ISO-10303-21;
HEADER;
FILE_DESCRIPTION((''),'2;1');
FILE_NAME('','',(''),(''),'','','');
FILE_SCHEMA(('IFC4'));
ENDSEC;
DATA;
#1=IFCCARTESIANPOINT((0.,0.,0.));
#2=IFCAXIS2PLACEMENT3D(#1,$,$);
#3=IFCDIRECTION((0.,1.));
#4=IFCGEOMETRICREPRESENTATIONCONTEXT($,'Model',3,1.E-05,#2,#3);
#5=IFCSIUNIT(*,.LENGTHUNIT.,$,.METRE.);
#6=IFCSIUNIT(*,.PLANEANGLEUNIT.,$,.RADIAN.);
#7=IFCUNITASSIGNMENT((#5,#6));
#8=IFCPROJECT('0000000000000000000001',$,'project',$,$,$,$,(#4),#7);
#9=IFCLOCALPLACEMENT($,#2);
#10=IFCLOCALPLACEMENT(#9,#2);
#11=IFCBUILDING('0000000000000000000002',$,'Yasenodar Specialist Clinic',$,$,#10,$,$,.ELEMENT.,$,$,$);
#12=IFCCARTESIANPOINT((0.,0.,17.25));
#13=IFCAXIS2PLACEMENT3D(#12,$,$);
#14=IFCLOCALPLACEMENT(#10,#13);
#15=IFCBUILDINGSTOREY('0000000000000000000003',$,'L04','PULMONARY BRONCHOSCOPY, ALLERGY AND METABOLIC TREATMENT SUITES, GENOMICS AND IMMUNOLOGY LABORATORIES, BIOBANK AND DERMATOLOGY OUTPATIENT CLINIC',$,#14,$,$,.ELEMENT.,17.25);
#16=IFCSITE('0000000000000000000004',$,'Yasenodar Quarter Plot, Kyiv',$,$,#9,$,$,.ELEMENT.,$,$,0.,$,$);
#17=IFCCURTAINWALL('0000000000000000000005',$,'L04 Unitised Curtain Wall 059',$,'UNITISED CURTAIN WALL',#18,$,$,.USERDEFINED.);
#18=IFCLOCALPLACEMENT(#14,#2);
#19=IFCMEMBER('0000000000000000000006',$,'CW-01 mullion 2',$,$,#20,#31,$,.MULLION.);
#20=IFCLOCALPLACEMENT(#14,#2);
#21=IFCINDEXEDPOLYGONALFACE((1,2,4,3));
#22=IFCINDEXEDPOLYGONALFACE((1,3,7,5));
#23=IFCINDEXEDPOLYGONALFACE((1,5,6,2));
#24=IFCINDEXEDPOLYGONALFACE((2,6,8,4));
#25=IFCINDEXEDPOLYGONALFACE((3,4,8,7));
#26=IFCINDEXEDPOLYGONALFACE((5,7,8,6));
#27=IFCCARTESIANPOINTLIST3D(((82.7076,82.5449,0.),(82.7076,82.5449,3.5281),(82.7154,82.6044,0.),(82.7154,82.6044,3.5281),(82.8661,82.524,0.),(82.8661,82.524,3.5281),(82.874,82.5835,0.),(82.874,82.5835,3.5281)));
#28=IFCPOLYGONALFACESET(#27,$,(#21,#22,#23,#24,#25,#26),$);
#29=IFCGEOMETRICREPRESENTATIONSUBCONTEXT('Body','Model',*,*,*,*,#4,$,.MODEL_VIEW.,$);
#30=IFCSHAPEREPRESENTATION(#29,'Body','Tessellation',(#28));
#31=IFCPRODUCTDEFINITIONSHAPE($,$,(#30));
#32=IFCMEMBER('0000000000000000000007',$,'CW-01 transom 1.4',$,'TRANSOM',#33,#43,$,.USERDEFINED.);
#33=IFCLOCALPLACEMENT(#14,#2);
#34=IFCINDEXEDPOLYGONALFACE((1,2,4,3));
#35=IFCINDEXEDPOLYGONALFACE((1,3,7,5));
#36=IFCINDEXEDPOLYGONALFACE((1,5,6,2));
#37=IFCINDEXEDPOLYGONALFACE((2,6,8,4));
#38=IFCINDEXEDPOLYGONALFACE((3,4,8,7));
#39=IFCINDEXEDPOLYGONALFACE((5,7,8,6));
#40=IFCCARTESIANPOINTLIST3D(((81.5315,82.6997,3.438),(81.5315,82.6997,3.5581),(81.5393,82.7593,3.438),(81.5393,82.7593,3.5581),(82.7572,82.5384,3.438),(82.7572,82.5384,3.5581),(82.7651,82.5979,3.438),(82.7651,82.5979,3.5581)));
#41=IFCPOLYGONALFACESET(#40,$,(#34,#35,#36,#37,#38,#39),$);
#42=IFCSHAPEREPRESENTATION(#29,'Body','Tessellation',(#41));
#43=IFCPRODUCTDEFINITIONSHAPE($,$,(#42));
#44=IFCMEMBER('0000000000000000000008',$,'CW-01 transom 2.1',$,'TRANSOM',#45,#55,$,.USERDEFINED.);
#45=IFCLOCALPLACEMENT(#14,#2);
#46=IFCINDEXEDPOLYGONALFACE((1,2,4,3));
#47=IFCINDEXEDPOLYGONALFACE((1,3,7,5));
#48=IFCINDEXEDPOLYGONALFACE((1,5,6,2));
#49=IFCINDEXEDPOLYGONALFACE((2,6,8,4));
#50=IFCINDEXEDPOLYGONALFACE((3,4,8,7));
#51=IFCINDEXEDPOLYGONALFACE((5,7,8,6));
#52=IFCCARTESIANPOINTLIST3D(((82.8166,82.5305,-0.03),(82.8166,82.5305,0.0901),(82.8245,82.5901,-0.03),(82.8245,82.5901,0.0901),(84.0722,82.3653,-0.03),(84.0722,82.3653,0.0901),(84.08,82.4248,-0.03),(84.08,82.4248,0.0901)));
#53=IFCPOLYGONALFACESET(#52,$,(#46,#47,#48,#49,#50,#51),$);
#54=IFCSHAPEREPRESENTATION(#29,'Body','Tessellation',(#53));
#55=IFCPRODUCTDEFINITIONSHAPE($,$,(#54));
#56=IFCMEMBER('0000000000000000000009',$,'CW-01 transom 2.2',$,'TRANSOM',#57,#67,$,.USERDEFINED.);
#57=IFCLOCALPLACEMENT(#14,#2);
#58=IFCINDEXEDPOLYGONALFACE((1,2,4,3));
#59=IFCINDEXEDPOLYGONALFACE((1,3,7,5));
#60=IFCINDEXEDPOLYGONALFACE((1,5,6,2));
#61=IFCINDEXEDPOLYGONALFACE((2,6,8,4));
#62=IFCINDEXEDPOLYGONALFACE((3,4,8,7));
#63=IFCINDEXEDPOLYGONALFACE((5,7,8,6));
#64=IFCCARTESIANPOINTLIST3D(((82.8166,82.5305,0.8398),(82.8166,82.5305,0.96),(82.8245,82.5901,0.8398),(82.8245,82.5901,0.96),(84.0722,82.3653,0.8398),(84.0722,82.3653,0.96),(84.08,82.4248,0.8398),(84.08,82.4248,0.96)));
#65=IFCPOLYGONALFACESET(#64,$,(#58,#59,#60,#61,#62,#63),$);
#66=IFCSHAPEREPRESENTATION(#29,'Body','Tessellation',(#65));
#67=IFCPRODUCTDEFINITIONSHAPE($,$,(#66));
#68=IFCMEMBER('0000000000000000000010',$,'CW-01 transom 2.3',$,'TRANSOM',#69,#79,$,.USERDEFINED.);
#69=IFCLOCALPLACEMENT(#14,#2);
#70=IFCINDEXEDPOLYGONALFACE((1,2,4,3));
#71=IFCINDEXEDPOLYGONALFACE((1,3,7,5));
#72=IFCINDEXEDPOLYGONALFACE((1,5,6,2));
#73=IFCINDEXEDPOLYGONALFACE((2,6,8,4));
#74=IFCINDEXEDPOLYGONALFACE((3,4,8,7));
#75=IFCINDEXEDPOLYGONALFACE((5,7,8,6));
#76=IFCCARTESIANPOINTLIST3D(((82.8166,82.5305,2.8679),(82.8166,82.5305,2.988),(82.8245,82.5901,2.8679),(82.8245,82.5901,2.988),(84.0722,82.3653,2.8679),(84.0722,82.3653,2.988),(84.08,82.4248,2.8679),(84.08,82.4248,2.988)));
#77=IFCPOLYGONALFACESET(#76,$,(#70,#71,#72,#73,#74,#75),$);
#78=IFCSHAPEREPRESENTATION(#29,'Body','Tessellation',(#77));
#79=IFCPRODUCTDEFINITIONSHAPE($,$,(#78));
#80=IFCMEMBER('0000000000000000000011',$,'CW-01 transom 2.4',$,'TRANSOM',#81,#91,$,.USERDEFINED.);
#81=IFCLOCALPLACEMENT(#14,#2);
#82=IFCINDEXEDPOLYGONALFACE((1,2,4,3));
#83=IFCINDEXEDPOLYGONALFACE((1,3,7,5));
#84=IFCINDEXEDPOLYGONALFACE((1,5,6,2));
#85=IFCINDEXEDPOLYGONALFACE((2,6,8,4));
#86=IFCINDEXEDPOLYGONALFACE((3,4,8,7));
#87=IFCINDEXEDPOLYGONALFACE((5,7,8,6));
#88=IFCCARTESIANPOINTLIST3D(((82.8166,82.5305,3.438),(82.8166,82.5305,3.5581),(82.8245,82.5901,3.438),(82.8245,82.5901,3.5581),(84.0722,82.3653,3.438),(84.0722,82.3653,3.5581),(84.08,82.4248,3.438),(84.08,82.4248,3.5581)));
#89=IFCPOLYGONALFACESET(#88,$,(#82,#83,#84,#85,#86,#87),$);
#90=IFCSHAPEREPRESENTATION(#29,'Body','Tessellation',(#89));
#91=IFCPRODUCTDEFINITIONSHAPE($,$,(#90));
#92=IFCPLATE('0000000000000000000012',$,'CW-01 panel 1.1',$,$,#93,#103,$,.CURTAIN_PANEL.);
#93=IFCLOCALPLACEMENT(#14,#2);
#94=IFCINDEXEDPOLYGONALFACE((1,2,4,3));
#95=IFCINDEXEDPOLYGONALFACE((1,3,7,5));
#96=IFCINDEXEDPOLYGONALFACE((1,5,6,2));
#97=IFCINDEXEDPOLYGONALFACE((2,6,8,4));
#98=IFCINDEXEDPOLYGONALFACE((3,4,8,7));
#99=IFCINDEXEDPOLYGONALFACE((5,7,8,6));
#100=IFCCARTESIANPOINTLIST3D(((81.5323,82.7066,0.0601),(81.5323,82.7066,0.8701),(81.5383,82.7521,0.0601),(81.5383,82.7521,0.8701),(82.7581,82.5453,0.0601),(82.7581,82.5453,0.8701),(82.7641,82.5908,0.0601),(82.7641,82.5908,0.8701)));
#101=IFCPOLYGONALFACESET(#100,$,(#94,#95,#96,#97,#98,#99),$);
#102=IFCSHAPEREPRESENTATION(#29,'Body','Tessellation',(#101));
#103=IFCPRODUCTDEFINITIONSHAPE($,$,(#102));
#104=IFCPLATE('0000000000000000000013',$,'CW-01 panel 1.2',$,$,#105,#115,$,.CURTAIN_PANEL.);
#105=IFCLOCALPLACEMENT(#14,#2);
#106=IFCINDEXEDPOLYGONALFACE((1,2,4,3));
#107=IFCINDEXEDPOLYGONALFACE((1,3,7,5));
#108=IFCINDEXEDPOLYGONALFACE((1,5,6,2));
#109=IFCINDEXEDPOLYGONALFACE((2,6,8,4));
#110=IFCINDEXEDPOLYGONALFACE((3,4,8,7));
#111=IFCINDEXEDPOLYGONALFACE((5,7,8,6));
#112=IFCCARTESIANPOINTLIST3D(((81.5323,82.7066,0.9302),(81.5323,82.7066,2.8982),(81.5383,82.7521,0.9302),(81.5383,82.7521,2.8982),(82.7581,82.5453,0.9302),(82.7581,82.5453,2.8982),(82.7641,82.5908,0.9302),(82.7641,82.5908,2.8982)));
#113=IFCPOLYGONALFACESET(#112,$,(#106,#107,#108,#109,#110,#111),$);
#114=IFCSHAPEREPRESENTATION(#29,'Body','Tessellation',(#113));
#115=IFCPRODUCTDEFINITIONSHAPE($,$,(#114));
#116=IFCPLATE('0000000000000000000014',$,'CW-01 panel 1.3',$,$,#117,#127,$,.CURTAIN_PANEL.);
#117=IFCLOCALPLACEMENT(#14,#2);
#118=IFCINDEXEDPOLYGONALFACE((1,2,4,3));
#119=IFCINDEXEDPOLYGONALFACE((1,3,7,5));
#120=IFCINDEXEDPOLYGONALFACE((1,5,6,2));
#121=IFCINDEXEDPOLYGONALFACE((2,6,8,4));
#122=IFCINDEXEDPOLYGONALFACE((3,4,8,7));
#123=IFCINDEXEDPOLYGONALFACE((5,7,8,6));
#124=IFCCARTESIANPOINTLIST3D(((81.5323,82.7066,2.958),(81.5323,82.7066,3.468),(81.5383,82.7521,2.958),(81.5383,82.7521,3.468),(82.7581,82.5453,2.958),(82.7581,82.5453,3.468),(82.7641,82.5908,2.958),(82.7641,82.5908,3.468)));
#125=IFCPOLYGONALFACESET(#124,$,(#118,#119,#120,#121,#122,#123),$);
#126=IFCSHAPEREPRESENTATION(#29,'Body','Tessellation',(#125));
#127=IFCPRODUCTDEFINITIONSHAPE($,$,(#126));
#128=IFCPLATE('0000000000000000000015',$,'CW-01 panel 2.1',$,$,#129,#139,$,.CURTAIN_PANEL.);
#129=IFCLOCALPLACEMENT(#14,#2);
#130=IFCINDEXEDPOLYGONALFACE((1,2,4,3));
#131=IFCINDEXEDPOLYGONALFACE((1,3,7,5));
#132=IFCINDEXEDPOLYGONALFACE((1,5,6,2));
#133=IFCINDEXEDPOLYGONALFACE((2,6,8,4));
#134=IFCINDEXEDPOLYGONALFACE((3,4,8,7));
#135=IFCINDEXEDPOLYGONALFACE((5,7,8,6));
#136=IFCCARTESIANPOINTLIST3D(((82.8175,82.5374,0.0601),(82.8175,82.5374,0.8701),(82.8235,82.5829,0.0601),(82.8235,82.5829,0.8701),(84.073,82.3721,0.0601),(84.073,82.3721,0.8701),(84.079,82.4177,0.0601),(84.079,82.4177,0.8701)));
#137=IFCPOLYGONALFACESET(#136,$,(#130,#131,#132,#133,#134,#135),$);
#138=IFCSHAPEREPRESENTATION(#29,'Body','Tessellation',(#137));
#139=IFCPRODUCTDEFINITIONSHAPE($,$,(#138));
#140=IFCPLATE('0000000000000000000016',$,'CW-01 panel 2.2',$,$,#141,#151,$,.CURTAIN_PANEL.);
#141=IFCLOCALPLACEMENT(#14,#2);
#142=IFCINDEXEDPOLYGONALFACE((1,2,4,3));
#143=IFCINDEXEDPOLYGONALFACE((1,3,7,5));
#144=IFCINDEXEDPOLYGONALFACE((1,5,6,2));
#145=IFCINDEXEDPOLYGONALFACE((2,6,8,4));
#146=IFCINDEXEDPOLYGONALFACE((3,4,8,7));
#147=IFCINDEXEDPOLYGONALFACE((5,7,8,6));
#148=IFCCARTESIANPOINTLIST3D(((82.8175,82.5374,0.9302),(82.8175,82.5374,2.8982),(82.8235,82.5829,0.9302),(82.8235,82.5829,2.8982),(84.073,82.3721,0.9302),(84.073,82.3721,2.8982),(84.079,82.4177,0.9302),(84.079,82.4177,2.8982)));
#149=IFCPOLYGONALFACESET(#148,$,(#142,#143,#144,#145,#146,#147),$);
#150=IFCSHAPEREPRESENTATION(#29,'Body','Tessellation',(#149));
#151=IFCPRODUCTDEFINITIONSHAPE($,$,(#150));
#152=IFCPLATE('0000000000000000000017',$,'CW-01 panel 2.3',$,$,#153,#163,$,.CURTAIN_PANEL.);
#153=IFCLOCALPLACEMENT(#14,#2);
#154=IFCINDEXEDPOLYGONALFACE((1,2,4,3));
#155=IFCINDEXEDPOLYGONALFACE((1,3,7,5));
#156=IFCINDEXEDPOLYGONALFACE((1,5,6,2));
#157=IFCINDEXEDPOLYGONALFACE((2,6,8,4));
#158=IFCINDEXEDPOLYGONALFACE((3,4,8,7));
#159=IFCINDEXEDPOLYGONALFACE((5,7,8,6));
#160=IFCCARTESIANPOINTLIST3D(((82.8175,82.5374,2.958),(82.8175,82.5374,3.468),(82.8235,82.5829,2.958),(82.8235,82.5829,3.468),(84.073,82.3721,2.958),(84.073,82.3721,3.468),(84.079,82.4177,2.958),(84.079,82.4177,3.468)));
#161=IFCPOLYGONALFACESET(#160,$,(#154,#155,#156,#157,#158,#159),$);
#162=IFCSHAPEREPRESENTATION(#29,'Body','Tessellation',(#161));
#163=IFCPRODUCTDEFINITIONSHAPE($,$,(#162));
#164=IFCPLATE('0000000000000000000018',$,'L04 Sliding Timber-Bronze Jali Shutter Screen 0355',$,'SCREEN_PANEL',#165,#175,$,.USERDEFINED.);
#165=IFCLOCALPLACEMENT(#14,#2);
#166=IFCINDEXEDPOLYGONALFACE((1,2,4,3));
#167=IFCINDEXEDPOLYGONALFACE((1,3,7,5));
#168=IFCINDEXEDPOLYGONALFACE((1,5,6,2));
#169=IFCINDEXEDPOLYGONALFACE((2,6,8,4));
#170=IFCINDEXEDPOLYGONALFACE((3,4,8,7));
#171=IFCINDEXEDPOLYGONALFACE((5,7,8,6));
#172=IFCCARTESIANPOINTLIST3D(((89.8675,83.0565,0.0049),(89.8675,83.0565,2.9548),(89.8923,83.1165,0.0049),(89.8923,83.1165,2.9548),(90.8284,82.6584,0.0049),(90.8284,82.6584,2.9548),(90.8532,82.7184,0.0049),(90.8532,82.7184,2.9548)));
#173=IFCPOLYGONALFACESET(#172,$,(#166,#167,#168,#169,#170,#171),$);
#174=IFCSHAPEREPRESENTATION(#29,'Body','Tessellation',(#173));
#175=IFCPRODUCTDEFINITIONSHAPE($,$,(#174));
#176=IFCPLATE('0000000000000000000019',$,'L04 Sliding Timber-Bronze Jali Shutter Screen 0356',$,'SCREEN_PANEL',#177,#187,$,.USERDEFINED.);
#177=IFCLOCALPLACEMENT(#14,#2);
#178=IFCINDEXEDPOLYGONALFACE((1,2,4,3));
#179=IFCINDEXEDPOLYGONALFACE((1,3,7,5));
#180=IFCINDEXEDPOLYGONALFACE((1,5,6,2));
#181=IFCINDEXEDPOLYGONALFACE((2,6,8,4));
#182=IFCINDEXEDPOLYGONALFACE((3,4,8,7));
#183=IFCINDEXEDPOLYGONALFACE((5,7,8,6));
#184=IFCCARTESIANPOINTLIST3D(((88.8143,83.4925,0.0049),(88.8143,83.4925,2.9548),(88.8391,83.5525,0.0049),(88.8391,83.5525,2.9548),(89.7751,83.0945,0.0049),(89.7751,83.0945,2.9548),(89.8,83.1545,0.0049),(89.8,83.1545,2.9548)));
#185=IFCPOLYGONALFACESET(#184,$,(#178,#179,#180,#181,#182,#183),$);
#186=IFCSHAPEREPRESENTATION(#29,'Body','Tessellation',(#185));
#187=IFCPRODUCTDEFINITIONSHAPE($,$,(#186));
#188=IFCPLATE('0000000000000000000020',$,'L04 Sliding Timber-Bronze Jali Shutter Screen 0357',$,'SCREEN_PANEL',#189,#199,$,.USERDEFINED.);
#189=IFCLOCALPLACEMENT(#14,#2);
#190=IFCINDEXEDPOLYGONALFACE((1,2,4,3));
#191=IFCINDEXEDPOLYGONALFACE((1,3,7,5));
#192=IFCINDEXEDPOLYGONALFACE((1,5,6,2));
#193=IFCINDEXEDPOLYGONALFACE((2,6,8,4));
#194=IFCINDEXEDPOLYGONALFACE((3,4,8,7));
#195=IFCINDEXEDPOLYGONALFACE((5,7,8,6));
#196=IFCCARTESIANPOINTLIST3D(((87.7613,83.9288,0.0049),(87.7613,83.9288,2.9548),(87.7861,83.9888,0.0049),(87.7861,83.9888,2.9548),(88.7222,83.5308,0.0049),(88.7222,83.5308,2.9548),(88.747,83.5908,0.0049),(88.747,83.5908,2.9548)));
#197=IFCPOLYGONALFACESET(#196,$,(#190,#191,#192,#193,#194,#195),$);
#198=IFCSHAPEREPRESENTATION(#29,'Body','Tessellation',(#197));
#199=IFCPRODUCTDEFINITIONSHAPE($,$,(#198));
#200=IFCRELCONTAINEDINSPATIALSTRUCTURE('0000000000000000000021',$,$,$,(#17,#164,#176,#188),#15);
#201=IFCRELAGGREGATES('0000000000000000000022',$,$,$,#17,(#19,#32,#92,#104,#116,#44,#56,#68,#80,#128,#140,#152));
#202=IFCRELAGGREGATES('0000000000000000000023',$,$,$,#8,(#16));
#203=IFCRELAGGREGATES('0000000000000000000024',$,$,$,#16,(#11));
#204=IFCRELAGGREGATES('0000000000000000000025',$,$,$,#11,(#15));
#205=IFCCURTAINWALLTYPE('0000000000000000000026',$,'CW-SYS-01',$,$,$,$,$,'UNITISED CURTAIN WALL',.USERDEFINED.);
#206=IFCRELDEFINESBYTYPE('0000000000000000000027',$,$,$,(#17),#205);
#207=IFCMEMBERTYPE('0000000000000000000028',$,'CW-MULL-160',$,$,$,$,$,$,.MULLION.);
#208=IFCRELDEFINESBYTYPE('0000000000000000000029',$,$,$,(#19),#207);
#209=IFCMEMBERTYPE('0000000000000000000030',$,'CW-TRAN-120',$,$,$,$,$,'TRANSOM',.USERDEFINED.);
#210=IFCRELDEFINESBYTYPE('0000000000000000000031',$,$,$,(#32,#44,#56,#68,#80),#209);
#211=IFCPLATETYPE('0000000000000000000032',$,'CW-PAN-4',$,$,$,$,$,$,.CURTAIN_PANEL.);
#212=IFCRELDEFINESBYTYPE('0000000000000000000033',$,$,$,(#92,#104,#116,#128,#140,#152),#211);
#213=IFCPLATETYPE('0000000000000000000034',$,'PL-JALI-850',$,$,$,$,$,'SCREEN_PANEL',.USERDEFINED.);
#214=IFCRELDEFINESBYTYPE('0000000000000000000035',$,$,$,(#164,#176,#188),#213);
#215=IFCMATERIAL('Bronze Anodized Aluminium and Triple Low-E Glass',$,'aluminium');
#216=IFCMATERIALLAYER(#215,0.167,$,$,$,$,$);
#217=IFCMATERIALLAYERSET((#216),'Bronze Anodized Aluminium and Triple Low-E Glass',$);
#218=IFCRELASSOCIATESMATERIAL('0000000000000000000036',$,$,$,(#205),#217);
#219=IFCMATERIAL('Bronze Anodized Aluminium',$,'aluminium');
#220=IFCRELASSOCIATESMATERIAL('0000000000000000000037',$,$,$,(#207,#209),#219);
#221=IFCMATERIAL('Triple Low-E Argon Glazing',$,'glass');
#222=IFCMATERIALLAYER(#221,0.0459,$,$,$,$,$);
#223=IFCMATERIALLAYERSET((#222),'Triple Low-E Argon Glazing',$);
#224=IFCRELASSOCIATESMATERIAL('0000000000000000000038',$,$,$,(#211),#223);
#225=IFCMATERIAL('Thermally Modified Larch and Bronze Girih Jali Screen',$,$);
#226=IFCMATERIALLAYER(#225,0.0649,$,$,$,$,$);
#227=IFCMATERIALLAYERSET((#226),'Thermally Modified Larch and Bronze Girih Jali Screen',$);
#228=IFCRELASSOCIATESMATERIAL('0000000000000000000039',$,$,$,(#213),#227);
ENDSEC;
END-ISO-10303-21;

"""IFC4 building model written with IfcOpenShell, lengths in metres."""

from ifc_helpers import new_model, si_unit, direction, frame, origin, origin_2d, place, context, subcontext, project, spatial, rectangle, extrude, material, layer, layer_set, material_profile, profile_set, type_object, element, aggregate, save


model = new_model("IFC4")

# Units and contexts
model_context = context("Model", 3, precision=1e-05, world=origin(), true_north=direction((0.0, 1.0)))
body_context = subcontext(model_context, "Body", "Model", "MODEL_VIEW")
ifc_project = project(units=[si_unit("LENGTHUNIT", "METRE"), si_unit("PLANEANGLEUNIT", "RADIAN")], contexts=[model_context])

# Site, building, storey
site_placement = place(None, origin())
site = spatial("IfcSite", under=ifc_project, at=site_placement, Name="Yasenodar Quarter Plot, Kyiv", CompositionType="ELEMENT", RefElevation=0.0)
building_placement = place(site_placement, origin())
building = spatial("IfcBuilding", under=site, at=building_placement, Name="Yasenodar Specialist Clinic", CompositionType="ELEMENT")
storey_placement = place(building_placement, frame((0.0, 0.0, 17.25)))
storey = spatial("IfcBuildingStorey", under=building, at=storey_placement, Name="L04", Description="PULMONARY BRONCHOSCOPY, ALLERGY AND METABOLIC TREATMENT SUITES, GENOMICS AND IMMUNOLOGY LABORATORIES, BIOBANK AND DERMATOLOGY OUTPATIENT CLINIC", CompositionType="ELEMENT", Elevation=17.25)

# Curtain wall, members, plates
ifc_material_1 = material(Name="Bronze Anodized Aluminium and Triple Low-E Glass", Category="aluminium")
ifc_layer_1 = layer(ifc_material_1, 0.167)
ifc_layer_set_1 = layer_set([ifc_layer_1], Name="Bronze Anodized Aluminium and Triple Low-E Glass")
curtain_wall_type = type_object("IfcCurtainWallType", Name="CW-SYS-01", ElementType="UNITISED CURTAIN WALL", PredefinedType="USERDEFINED", material=ifc_layer_set_1)
curtain_wall_placement = place(storey_placement, origin())
curtain_wall = element("IfcCurtainWall", 1, at=curtain_wall_placement, inside=storey, type_object=curtain_wall_type, Name="L04 Unitised Curtain Wall 059", ObjectType="UNITISED CURTAIN WALL", PredefinedType="USERDEFINED")
ifc_material_2 = material(Name="Bronze Anodized Aluminium", Category="aluminium")
ifc_material_profile_1 = material_profile(ifc_material_2, rectangle(XDim=0.0601, YDim=0.1599, at=origin_2d()), Name="CW-MULL 60x160")
ifc_profile_set_1 = profile_set([ifc_material_profile_1], Name="Bronze Anodized Aluminium")
member_type_1 = type_object("IfcMemberType", Name="CW-MULL-160", PredefinedType="MULLION", material=ifc_profile_set_1)
member_1_placement = place(storey_placement, frame((82.7908, 82.5642, 0.0), z_axis=(0.0, 0.0, 1.0), x_axis=(0.130512, 0.991447, 0.0)))
member_1 = element("IfcMember", 2, at=member_1_placement, type_object=member_type_1, Name="CW-01 mullion 2", PredefinedType="MULLION", context=body_context, shape_type="SweptSolid", body=[
    extrude(rectangle(XDim=0.0601, YDim=0.1599, at=origin_2d()), origin(), (0.0, 0.0, 1.0), 3.5281),
])
ifc_material_profile_2 = material_profile(ifc_material_2, rectangle(XDim=0.0601, YDim=0.1201, at=origin_2d()), Name="CW-TRAN 60x120")
ifc_profile_set_2 = profile_set([ifc_material_profile_2], Name="Bronze Anodized Aluminium")
member_type_2 = type_object("IfcMemberType", Name="CW-TRAN-120", ElementType="TRANSOM", PredefinedType="USERDEFINED", material=ifc_profile_set_2)
member_2_placement = place(storey_placement, frame((81.5354, 82.7295, 3.498), z_axis=(0.991446, -0.130521, 0.0), x_axis=(0.130521, 0.991446, 0.0)))
member_2 = element("IfcMember", 3, at=member_2_placement, type_object=member_type_2, Name="CW-01 transom 1.4", ObjectType="TRANSOM", PredefinedType="USERDEFINED", context=body_context, shape_type="SweptSolid", body=[
    extrude(rectangle(XDim=0.0601, YDim=0.1201, at=origin_2d()), origin(), (0.0, 0.0, 1.0), 1.2363),
])
member_3_placement = place(storey_placement, frame((82.8206, 82.5603, 0.03), z_axis=(0.991447, -0.130509, 0.0), x_axis=(0.130509, 0.991447, 0.0)))
member_3 = element("IfcMember", 4, at=member_3_placement, type_object=member_type_2, Name="CW-01 transom 2.1", ObjectType="TRANSOM", PredefinedType="USERDEFINED", context=body_context, shape_type="SweptSolid", body=[
    extrude(rectangle(XDim=0.0601, YDim=0.1201, at=origin_2d()), origin(), (0.0, 0.0, 1.0), 1.2664),
])
member_4_placement = place(storey_placement, frame((82.8206, 82.5603, 0.8999), z_axis=(0.991447, -0.130509, 0.0), x_axis=(0.130509, 0.991447, 0.0)))
member_4 = element("IfcMember", 5, at=member_4_placement, type_object=member_type_2, Name="CW-01 transom 2.2", ObjectType="TRANSOM", PredefinedType="USERDEFINED", context=body_context, shape_type="SweptSolid", body=[
    extrude(rectangle(XDim=0.0601, YDim=0.1201, at=origin_2d()), origin(), (0.0, 0.0, 1.0), 1.2664),
])
member_5_placement = place(storey_placement, frame((82.8206, 82.5603, 2.928), z_axis=(0.991447, -0.130509, 0.0), x_axis=(0.130509, 0.991447, 0.0)))
member_5 = element("IfcMember", 6, at=member_5_placement, type_object=member_type_2, Name="CW-01 transom 2.3", ObjectType="TRANSOM", PredefinedType="USERDEFINED", context=body_context, shape_type="SweptSolid", body=[
    extrude(rectangle(XDim=0.0601, YDim=0.1201, at=origin_2d()), origin(), (0.0, 0.0, 1.0), 1.2664),
])
member_6_placement = place(storey_placement, frame((82.8206, 82.5603, 3.498), z_axis=(0.991447, -0.130509, 0.0), x_axis=(0.130509, 0.991447, 0.0)))
member_6 = element("IfcMember", 7, at=member_6_placement, type_object=member_type_2, Name="CW-01 transom 2.4", ObjectType="TRANSOM", PredefinedType="USERDEFINED", context=body_context, shape_type="SweptSolid", body=[
    extrude(rectangle(XDim=0.0601, YDim=0.1201, at=origin_2d()), origin(), (0.0, 0.0, 1.0), 1.2664),
])
ifc_material_3 = material(Name="Triple Low-E Argon Glazing", Category="glass")
ifc_layer_2 = layer(ifc_material_3, 0.0459)
ifc_layer_set_2 = layer_set([ifc_layer_2], Name="Triple Low-E Argon Glazing")
plate_type_1 = type_object("IfcPlateType", Name="CW-PAN-4", PredefinedType="CURTAIN_PANEL", material=ifc_layer_set_2)
plate_1_placement = place(storey_placement, frame((82.1482, 82.6487, 0.0601), z_axis=(0.0, 0.0, 1.0), x_axis=(0.991447, -0.130512, 0.0)))
plate_1 = element("IfcPlate", 8, at=plate_1_placement, type_object=plate_type_1, Name="CW-01 panel 1.1", PredefinedType="CURTAIN_PANEL", context=body_context, shape_type="SweptSolid", body=[
    extrude(rectangle(XDim=1.2363, YDim=0.0459, at=origin_2d()), origin(), (0.0, 0.0, 1.0), 0.8101),
])
plate_2_placement = place(storey_placement, frame((82.1482, 82.6487, 0.9302), z_axis=(0.0, 0.0, 1.0), x_axis=(0.991447, -0.130512, 0.0)))
plate_2 = element("IfcPlate", 9, at=plate_2_placement, type_object=plate_type_1, Name="CW-01 panel 1.2", PredefinedType="CURTAIN_PANEL", context=body_context, shape_type="SweptSolid", body=[
    extrude(rectangle(XDim=1.2363, YDim=0.0459, at=origin_2d()), origin(), (0.0, 0.0, 1.0), 1.968),
])
plate_3_placement = place(storey_placement, frame((82.1482, 82.6487, 2.958), z_axis=(0.0, 0.0, 1.0), x_axis=(0.991447, -0.130512, 0.0)))
plate_3 = element("IfcPlate", 10, at=plate_3_placement, type_object=plate_type_1, Name="CW-01 panel 1.3", PredefinedType="CURTAIN_PANEL", context=body_context, shape_type="SweptSolid", body=[
    extrude(rectangle(XDim=1.2363, YDim=0.0459, at=origin_2d()), origin(), (0.0, 0.0, 1.0), 0.51),
])
plate_4_placement = place(storey_placement, frame((83.4482, 82.4775, 0.0601), z_axis=(0.0, 0.0, 1.0), x_axis=(0.991447, -0.130512, 0.0)))
plate_4 = element("IfcPlate", 11, at=plate_4_placement, type_object=plate_type_1, Name="CW-01 panel 2.1", PredefinedType="CURTAIN_PANEL", context=body_context, shape_type="SweptSolid", body=[
    extrude(rectangle(XDim=1.2664, YDim=0.0459, at=origin_2d()), origin(), (0.0, 0.0, 1.0), 0.8101),
])
plate_5_placement = place(storey_placement, frame((83.4482, 82.4775, 0.9302), z_axis=(0.0, 0.0, 1.0), x_axis=(0.991447, -0.130512, 0.0)))
plate_5 = element("IfcPlate", 12, at=plate_5_placement, type_object=plate_type_1, Name="CW-01 panel 2.2", PredefinedType="CURTAIN_PANEL", context=body_context, shape_type="SweptSolid", body=[
    extrude(rectangle(XDim=1.2664, YDim=0.0459, at=origin_2d()), origin(), (0.0, 0.0, 1.0), 1.968),
])
plate_6_placement = place(storey_placement, frame((83.4482, 82.4775, 2.958), z_axis=(0.0, 0.0, 1.0), x_axis=(0.991447, -0.130512, 0.0)))
plate_6 = element("IfcPlate", 13, at=plate_6_placement, type_object=plate_type_1, Name="CW-01 panel 2.3", PredefinedType="CURTAIN_PANEL", context=body_context, shape_type="SweptSolid", body=[
    extrude(rectangle(XDim=1.2664, YDim=0.0459, at=origin_2d()), origin(), (0.0, 0.0, 1.0), 0.51),
])
aggregate(curtain_wall, [member_1, member_2, plate_1, plate_2, plate_3, member_3, member_4, member_5, member_6, plate_4, plate_5, plate_6])

# Plates
ifc_material_4 = material(Name="Thermally Modified Larch and Bronze Girih Jali Screen")
ifc_layer_3 = layer(ifc_material_4, 0.0649)
ifc_layer_set_3 = layer_set([ifc_layer_3], Name="Thermally Modified Larch and Bronze Girih Jali Screen")
plate_type_2 = type_object("IfcPlateType", Name="PL-JALI-850", ElementType="SCREEN_PANEL", PredefinedType="USERDEFINED", material=ifc_layer_set_3)
for number, where, z_axis, x_axis, name in (
    (14, (90.3604, 82.8875, 0.0049), (0.0, 0.0, 1.0), (-0.923878, 0.382687, 0.0), "L04 Sliding Timber-Bronze Jali Shutter Screen 0355"),
    (15, (89.3071, 83.3235, 0.0049), (0.0, 0.0, 1.0), (-0.923878, 0.382687, 0.0), "L04 Sliding Timber-Bronze Jali Shutter Screen 0356"),
    (16, (88.2542, 83.7598, 0.0049), (0.0, 0.0, 1.0), (-0.923878, 0.382687, 0.0), "L04 Sliding Timber-Bronze Jali Shutter Screen 0357"),
):
    element("IfcPlate", number, at=place(storey_placement, frame(where, z_axis=z_axis, x_axis=x_axis)), inside=storey, type_object=plate_type_2, Name=name, ObjectType="SCREEN_PANEL", PredefinedType="USERDEFINED", context=body_context, shape_type="SweptSolid", body=[
        extrude(rectangle(XDim=1.04, YDim=0.0649, at=origin_2d()), origin(), (0.0, 0.0, 1.0), 2.95),
    ])

save(model, "model.ifc")
